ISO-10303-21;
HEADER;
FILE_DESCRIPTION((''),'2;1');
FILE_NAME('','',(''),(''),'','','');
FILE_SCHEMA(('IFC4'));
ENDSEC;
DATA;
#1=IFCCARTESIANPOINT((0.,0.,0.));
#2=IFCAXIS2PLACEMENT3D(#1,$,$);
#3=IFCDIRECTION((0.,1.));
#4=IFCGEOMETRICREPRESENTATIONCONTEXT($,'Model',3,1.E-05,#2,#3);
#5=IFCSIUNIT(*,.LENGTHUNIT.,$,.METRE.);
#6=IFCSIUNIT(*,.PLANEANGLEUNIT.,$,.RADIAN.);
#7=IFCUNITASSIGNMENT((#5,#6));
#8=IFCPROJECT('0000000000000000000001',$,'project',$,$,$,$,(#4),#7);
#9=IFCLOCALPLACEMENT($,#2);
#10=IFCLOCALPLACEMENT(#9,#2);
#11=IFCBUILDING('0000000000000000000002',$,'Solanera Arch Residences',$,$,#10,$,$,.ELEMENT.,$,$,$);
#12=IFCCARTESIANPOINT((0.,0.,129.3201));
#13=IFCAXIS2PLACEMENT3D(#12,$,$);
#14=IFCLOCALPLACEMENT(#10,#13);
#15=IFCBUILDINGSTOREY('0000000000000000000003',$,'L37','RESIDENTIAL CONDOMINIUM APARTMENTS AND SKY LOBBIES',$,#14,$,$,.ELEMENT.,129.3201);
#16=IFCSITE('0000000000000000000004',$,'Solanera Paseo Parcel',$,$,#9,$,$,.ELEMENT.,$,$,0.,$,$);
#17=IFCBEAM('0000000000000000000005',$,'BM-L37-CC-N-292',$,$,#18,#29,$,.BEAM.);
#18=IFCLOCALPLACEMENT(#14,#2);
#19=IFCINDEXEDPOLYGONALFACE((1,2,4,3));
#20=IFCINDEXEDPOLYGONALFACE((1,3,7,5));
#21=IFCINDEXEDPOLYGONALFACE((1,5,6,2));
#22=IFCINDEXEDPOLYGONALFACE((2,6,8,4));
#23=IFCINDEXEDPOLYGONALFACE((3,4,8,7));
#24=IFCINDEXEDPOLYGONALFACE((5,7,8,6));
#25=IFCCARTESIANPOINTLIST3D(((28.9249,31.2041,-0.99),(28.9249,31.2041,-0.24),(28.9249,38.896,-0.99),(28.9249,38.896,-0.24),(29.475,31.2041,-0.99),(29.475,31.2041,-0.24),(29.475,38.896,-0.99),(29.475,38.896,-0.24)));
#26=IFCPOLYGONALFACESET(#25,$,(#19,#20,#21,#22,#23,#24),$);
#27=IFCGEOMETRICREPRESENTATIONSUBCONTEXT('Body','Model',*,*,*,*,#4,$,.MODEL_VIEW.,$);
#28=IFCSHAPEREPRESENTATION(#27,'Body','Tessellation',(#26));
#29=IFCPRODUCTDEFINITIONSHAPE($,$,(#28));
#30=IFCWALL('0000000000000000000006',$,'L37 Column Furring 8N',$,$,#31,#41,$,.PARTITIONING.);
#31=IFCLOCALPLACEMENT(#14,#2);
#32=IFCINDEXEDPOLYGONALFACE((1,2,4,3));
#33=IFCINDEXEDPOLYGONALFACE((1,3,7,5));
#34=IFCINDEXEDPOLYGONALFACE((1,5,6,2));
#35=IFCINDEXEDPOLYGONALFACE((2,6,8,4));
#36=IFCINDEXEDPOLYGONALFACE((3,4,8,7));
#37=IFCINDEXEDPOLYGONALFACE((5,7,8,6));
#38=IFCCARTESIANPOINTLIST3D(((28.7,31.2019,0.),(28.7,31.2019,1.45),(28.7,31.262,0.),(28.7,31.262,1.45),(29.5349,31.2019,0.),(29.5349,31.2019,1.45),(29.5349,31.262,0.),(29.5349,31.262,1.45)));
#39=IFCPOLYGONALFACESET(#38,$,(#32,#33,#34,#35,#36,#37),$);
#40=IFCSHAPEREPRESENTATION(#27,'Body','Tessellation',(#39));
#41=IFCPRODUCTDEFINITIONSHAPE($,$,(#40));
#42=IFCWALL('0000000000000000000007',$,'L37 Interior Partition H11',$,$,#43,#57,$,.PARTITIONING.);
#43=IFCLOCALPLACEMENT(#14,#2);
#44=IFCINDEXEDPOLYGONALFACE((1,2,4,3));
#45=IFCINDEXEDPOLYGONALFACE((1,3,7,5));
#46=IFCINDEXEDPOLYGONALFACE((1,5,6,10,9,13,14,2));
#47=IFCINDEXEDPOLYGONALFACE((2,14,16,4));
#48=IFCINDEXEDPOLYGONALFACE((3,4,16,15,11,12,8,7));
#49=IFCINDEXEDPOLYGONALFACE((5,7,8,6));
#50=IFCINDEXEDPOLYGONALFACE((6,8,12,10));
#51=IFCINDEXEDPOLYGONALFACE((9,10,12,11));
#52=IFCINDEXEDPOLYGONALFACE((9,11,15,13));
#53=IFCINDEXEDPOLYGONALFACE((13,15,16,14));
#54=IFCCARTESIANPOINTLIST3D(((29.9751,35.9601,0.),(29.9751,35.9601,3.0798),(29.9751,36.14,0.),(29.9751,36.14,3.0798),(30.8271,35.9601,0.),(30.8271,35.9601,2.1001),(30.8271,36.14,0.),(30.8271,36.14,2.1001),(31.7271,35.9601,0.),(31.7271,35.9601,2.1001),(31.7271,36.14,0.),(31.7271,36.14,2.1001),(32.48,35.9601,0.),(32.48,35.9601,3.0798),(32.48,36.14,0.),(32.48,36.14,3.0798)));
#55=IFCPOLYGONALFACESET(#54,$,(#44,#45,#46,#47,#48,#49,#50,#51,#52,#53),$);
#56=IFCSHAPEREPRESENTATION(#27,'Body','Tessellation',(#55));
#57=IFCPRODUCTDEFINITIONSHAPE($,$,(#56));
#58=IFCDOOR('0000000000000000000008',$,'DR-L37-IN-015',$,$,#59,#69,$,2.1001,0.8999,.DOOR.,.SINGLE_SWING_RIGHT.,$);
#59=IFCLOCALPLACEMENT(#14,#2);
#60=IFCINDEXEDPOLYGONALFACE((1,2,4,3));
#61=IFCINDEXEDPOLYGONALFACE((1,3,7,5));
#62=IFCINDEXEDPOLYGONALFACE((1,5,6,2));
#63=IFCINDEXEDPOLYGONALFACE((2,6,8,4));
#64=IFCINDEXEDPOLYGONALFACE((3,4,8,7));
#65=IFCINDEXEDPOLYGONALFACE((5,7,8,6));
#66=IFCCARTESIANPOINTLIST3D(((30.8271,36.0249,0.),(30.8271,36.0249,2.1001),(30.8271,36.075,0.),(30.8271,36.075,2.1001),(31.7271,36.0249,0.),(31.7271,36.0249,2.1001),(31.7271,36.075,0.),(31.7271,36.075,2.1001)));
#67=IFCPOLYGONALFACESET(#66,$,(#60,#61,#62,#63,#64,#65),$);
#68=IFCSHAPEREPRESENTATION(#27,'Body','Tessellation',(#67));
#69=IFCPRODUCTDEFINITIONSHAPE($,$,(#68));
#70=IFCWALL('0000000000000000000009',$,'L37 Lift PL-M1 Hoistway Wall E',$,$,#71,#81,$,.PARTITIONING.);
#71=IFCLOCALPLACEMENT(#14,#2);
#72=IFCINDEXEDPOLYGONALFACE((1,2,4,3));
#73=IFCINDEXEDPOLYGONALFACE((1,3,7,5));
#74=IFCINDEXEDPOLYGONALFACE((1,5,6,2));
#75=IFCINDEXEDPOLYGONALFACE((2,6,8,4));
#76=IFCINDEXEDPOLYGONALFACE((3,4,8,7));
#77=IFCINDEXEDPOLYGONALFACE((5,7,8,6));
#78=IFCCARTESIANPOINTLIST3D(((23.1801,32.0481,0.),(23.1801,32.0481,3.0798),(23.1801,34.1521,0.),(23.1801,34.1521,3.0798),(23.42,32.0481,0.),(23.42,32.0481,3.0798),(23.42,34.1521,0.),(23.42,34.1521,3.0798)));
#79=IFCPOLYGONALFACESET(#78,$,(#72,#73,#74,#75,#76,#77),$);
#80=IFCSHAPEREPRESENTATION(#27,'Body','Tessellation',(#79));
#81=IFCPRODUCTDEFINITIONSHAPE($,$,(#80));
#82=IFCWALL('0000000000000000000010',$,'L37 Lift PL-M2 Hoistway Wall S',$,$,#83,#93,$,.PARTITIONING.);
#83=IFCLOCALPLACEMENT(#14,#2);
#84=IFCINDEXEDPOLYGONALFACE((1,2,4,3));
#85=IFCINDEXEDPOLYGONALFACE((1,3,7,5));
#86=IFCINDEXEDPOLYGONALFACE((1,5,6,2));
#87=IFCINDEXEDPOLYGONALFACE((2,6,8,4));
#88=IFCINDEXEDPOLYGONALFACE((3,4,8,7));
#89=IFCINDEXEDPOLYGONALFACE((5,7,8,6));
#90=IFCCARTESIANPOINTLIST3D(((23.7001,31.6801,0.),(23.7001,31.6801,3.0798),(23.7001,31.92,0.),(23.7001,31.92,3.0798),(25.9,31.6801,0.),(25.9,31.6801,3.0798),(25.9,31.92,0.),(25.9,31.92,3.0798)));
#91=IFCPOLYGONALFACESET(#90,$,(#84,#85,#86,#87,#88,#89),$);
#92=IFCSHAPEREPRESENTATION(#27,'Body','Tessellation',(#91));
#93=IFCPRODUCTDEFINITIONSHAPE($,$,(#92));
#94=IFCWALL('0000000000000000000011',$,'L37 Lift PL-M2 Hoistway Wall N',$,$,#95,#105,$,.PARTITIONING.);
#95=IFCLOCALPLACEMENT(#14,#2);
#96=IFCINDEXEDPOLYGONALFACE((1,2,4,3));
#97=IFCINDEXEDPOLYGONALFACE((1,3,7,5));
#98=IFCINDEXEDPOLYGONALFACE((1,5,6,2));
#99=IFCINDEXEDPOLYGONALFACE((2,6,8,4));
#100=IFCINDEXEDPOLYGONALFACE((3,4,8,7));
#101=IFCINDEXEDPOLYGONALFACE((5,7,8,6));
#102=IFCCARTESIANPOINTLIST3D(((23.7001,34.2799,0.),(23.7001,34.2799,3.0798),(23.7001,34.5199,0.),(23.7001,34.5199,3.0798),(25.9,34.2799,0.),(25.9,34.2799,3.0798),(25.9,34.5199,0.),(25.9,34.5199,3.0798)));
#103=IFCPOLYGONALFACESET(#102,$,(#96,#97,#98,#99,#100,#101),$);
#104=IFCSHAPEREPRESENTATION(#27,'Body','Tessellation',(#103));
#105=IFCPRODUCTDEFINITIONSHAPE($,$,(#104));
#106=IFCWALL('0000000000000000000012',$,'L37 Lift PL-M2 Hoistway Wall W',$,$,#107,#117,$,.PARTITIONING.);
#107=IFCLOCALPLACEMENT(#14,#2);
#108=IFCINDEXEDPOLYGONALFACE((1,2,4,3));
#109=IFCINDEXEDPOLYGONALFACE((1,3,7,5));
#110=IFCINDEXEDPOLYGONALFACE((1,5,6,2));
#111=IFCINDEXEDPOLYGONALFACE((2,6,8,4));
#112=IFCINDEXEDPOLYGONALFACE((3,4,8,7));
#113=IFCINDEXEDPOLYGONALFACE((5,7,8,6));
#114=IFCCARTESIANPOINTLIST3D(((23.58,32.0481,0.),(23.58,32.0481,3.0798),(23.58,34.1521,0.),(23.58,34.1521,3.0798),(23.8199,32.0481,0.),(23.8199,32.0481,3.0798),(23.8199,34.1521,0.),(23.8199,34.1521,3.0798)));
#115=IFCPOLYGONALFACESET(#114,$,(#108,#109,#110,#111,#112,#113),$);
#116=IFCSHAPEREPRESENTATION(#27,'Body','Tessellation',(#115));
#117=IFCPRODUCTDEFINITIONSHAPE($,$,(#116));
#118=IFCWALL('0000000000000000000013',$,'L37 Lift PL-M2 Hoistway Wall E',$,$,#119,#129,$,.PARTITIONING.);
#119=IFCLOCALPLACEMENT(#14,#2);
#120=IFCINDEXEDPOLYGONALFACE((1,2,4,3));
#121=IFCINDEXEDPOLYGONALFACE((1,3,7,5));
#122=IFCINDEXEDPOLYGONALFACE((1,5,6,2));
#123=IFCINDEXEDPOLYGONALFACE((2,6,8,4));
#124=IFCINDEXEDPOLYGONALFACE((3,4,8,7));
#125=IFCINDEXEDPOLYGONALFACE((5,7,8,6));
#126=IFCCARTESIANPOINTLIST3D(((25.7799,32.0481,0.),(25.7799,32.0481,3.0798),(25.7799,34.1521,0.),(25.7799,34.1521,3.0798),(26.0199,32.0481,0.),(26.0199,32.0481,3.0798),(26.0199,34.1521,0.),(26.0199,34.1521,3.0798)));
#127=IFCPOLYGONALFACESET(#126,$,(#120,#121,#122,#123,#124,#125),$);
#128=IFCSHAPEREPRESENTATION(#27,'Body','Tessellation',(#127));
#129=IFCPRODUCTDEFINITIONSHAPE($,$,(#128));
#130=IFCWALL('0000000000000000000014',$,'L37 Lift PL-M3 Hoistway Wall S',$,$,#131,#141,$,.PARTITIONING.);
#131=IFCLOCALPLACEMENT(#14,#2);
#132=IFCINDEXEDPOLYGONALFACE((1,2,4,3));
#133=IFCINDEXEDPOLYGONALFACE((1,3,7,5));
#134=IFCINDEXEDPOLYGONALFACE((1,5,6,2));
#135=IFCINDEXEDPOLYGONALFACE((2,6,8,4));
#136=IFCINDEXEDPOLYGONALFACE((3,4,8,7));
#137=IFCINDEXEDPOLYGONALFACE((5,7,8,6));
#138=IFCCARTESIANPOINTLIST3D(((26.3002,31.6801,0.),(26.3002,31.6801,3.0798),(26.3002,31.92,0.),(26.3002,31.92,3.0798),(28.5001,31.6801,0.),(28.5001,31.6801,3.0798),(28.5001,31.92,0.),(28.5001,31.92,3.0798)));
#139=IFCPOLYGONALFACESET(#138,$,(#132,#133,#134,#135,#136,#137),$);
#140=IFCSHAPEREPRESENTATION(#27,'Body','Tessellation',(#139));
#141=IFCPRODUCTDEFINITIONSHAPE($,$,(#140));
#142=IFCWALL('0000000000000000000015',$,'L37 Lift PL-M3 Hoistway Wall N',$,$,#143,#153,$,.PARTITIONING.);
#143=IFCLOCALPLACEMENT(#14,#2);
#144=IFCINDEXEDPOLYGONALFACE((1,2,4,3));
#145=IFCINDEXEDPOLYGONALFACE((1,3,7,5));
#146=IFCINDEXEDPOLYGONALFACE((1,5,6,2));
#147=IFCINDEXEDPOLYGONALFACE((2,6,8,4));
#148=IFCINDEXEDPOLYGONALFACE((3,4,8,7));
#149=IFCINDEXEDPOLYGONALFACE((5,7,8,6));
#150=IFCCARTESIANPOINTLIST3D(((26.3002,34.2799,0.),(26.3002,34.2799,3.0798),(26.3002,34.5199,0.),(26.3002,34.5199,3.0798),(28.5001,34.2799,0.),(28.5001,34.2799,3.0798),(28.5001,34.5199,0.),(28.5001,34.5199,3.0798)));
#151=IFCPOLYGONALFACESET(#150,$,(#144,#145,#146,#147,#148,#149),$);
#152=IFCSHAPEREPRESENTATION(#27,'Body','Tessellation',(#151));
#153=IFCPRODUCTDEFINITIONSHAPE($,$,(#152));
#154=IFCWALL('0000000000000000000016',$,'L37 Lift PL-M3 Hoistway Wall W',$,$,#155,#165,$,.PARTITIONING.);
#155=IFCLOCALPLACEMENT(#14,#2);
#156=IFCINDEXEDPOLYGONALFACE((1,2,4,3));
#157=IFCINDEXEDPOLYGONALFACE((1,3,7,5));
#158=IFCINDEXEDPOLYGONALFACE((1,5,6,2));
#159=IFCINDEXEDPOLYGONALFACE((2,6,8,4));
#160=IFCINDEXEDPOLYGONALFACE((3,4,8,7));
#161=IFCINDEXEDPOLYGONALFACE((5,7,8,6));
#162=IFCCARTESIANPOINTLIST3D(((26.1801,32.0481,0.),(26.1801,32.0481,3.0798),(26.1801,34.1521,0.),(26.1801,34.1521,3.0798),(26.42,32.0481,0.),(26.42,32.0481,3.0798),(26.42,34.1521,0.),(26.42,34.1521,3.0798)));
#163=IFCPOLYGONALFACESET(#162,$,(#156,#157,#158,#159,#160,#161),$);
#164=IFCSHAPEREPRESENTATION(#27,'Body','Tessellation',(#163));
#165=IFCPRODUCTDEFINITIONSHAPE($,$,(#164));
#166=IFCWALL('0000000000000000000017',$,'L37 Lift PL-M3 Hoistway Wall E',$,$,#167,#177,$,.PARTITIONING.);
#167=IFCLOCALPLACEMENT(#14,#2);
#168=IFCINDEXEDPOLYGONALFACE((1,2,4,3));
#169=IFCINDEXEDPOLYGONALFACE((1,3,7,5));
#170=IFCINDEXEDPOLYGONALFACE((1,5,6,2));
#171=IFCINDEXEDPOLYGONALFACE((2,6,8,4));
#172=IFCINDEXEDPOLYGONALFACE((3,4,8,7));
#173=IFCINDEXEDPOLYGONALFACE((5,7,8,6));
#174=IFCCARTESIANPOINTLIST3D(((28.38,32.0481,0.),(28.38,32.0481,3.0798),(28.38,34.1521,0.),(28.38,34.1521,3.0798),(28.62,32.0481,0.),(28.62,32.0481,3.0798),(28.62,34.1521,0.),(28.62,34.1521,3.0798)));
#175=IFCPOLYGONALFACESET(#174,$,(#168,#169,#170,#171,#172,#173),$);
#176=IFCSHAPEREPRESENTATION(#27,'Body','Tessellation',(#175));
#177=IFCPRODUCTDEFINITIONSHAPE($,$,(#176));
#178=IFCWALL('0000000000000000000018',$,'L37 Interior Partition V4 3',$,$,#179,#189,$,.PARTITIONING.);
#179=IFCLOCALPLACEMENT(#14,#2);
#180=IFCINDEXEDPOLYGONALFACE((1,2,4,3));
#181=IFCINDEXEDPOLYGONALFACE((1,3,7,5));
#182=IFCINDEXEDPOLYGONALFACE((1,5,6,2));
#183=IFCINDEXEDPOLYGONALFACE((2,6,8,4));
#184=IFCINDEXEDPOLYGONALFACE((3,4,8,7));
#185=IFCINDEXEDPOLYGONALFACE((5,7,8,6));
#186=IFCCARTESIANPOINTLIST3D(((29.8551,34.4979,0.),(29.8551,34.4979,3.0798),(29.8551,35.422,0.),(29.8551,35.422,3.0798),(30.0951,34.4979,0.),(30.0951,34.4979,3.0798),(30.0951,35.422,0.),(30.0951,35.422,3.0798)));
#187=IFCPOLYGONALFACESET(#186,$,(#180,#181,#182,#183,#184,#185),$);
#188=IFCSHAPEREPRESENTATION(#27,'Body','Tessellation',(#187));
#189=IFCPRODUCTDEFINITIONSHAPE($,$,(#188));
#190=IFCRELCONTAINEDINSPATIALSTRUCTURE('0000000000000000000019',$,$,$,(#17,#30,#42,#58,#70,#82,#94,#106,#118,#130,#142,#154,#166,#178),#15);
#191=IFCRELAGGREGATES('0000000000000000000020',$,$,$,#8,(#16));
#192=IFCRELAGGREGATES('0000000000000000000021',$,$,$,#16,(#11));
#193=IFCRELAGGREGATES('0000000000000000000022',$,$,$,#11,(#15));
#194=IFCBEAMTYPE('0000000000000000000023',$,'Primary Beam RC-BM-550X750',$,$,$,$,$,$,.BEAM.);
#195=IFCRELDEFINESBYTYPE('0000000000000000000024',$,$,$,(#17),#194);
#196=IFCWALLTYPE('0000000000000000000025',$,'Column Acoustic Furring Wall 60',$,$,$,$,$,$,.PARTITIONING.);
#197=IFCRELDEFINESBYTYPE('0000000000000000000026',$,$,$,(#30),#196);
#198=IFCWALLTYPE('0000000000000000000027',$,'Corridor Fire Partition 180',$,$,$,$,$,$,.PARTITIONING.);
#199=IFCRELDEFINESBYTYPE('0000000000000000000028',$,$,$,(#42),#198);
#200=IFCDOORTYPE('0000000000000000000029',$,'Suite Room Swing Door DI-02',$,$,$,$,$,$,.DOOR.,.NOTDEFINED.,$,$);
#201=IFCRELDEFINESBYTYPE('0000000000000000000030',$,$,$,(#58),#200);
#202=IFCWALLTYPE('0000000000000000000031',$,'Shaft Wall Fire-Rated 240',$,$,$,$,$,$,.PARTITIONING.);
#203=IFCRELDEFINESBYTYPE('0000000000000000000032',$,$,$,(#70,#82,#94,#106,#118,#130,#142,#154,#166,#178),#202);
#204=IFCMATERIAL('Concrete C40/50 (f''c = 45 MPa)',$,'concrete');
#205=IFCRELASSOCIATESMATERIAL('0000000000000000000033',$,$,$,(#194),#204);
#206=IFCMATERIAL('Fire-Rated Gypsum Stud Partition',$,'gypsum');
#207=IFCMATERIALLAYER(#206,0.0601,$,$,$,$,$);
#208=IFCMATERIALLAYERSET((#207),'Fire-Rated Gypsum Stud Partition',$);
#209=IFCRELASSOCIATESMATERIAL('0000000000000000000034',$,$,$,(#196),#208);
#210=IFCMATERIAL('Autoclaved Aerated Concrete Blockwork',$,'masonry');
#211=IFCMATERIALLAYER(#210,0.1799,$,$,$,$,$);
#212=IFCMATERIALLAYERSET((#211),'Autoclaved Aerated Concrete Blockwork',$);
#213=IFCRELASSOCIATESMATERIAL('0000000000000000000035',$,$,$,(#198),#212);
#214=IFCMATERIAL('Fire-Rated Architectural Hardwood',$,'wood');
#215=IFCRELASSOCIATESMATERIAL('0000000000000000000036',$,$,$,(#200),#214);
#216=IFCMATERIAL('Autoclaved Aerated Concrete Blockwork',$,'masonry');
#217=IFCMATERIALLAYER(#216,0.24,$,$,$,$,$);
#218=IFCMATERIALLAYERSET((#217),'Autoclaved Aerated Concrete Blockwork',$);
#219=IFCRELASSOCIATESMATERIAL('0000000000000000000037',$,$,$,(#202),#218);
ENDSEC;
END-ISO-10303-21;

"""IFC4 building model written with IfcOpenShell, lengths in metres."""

from ifc_helpers import new_model, si_unit, direction, frame, frame_2d, origin, origin_2d, place, context, subcontext, project, spatial, rectangle, extrude, material, layer, layer_set, material_profile, profile_set, type_object, element, fill, save


model = new_model("IFC4")

# Units and contexts
model_context = context("Model", 3, precision=1e-05, world=origin(), true_north=direction((0.0, 1.0)))
body_context = subcontext(model_context, "Body", "Model", "MODEL_VIEW")
ifc_project = project(units=[si_unit("LENGTHUNIT", "METRE"), si_unit("PLANEANGLEUNIT", "RADIAN")], contexts=[model_context])

# Site, building, storey
site_placement = place(None, origin())
site = spatial("IfcSite", under=ifc_project, at=site_placement, Name="Solanera Paseo Parcel", CompositionType="ELEMENT", RefElevation=0.0)
building_placement = place(site_placement, origin())
building = spatial("IfcBuilding", under=site, at=building_placement, Name="Solanera Arch Residences", CompositionType="ELEMENT")
storey_placement = place(building_placement, frame((0.0, 0.0, 129.3201)))
storey = spatial("IfcBuildingStorey", under=building, at=storey_placement, Name="L37", Description="RESIDENTIAL CONDOMINIUM APARTMENTS AND SKY LOBBIES", CompositionType="ELEMENT", Elevation=129.3201)

# Beam
ifc_material_1 = material(Name="Concrete C40/50 (f'c = 45 MPa)", Category="concrete")
ifc_material_profile = material_profile(ifc_material_1, rectangle(XDim=0.55, YDim=0.75, at=origin_2d()))
ifc_profile_set = profile_set([ifc_material_profile], Name="Concrete C40/50 (f'c = 45 MPa)")
beam_type = type_object("IfcBeamType", Name="Primary Beam RC-BM-550X750", PredefinedType="BEAM", material=ifc_profile_set)
beam_placement = place(storey_placement, frame((29.2, 31.2041, -0.615), z_axis=(0.0, 1.0, 0.0), x_axis=(-1.0, 0.0, 0.0)))
element("IfcBeam", 1, at=beam_placement, inside=storey, type_object=beam_type, Name="BM-L37-CC-N-292", PredefinedType="BEAM", context=body_context, shape_type="SweptSolid", body=[
    extrude(rectangle(XDim=0.55, YDim=0.75, at=origin_2d()), origin(), (0.0, 0.0, 1.0), 7.6919),
])

# Wall
ifc_material_2 = material(Name="Fire-Rated Gypsum Stud Partition", Category="gypsum")
ifc_layer_1 = layer(ifc_material_2, 0.0601)
ifc_layer_set_1 = layer_set([ifc_layer_1], Name="Fire-Rated Gypsum Stud Partition")
wall_type_1 = type_object("IfcWallType", Name="Column Acoustic Furring Wall 60", PredefinedType="PARTITIONING", material=ifc_layer_set_1)
wall_1_placement = place(storey_placement, frame((28.7, 31.2319, 0.0), z_axis=(0.0, 0.0, 1.0), x_axis=(1.0, 0.0, 0.0)))
element("IfcWall", 2, at=wall_1_placement, inside=storey, type_object=wall_type_1, Name="L37 Column Furring 8N", PredefinedType="PARTITIONING", context=body_context, shape_type="SweptSolid", body=[
    extrude(rectangle(XDim=0.835, YDim=0.0601, at=frame_2d((0.4175, 0.0))), origin(), (0.0, 0.0, 1.0), 1.45),
])

# Wall, opening, door
ifc_material_3 = material(Name="Autoclaved Aerated Concrete Blockwork", Category="masonry")
ifc_layer_2 = layer(ifc_material_3, 0.1799)
ifc_layer_set_2 = layer_set([ifc_layer_2], Name="Autoclaved Aerated Concrete Blockwork")
wall_type_2 = type_object("IfcWallType", Name="Corridor Fire Partition 180", PredefinedType="PARTITIONING", material=ifc_layer_set_2)
wall_2_placement = place(storey_placement, frame((29.9751, 36.05, 0.0), z_axis=(0.0, 0.0, 1.0), x_axis=(1.0, 0.0, 0.0)))
wall_2 = element("IfcWall", 3, at=wall_2_placement, inside=storey, type_object=wall_type_2, Name="L37 Interior Partition H11", PredefinedType="PARTITIONING", context=body_context, shape_type="SweptSolid", body=[
    extrude(rectangle(XDim=2.5049, YDim=0.1799, at=frame_2d((1.2524, 0.0))), origin(), (0.0, 0.0, 1.0), 3.0798),
])
opening_1_placement = place(wall_2_placement, frame((0.8521, 0.0, 0.0)))
opening_1 = element("IfcOpeningElement", 4, at=opening_1_placement, cuts=wall_2, PredefinedType="OPENING", context=body_context, shape_type="SweptSolid", body=[
    extrude(rectangle(XDim=0.8999, YDim=2.1001, at=frame_2d((0.45, 1.05))), frame((0.0, 0.1001, 0.0), z_axis=(0.0, -1.0, 0.0), x_axis=(1.0, 0.0, 0.0)), (0.0, 0.0, 1.0), 0.1999),
])
ifc_material_4 = material(Name="Fire-Rated Architectural Hardwood", Category="wood")
door_type_1 = type_object("IfcDoorType", Name="Suite Room Swing Door DI-02", OperationType="NOTDEFINED", PredefinedType="DOOR", material=ifc_material_4)
door_1_placement = place(opening_1_placement, origin())
door_1 = element("IfcDoor", 5, at=door_1_placement, inside=storey, type_object=door_type_1, Name="DR-L37-IN-015", OperationType="SINGLE_SWING_RIGHT", OverallHeight=2.1001, OverallWidth=0.8999, PredefinedType="DOOR", context=body_context, shape_type="SweptSolid", body=[
    extrude(rectangle(XDim=0.8999, YDim=2.1001, at=frame_2d((0.45, 1.05))), frame((0.0, 0.0249, 0.0), z_axis=(0.0, -1.0, 0.0), x_axis=(1.0, 0.0, 0.0)), (0.0, 0.0, 1.0), 0.05),
])
fill(opening_1, door_1)

# Walls
ifc_material_5 = material(Name="Autoclaved Aerated Concrete Blockwork", Category="masonry")
ifc_layer_3 = layer(ifc_material_5, 0.24)
ifc_layer_set_3 = layer_set([ifc_layer_3], Name="Autoclaved Aerated Concrete Blockwork")
wall_type_3 = type_object("IfcWallType", Name="Shaft Wall Fire-Rated 240", PredefinedType="PARTITIONING", material=ifc_layer_set_3)
wall_3_placement = place(storey_placement, frame((23.3, 32.0481, 0.0), z_axis=(0.0, 0.0, 1.0), x_axis=(0.0, 1.0, 0.0)))
element("IfcWall", 6, at=wall_3_placement, inside=storey, type_object=wall_type_3, Name="L37 Lift PL-M1 Hoistway Wall E", PredefinedType="PARTITIONING", context=body_context, shape_type="SweptSolid", body=[
    extrude(rectangle(XDim=2.104, YDim=0.24, at=frame_2d((1.052, 0.0))), origin(), (0.0, 0.0, 1.0), 3.0798),
])
for number, where, z_axis, x_axis, name in (
    (7, (23.7, 31.8, 0.0), (0.0, 0.0, 1.0), (1.0, 0.0, 0.0), "L37 Lift PL-M2 Hoistway Wall S"),
    (8, (23.7, 34.3999, 0.0), (0.0, 0.0, 1.0), (1.0, 0.0, 0.0), "L37 Lift PL-M2 Hoistway Wall N"),
):
    element("IfcWall", number, at=place(storey_placement, frame(where, z_axis=z_axis, x_axis=x_axis)), inside=storey, type_object=wall_type_3, Name=name, PredefinedType="PARTITIONING", context=body_context, shape_type="SweptSolid", body=[
        extrude(rectangle(XDim=2.2, YDim=0.24, at=frame_2d((1.1001, 0.0))), origin(), (0.0, 0.0, 1.0), 3.0798),
    ])
for number, where, z_axis, x_axis, name in (
    (9, (23.7, 32.0481, 0.0), (0.0, 0.0, 1.0), (0.0, 1.0, 0.0), "L37 Lift PL-M2 Hoistway Wall W"),
    (10, (25.8999, 32.0481, 0.0), (0.0, 0.0, 1.0), (0.0, 1.0, 0.0), "L37 Lift PL-M2 Hoistway Wall E"),
):
    element("IfcWall", number, at=place(storey_placement, frame(where, z_axis=z_axis, x_axis=x_axis)), inside=storey, type_object=wall_type_3, Name=name, PredefinedType="PARTITIONING", context=body_context, shape_type="SweptSolid", body=[
        extrude(rectangle(XDim=2.104, YDim=0.24, at=frame_2d((1.052, 0.0))), origin(), (0.0, 0.0, 1.0), 3.0798),
    ])
for number, where, z_axis, x_axis, name in (
    (11, (26.3, 31.8, 0.0), (0.0, 0.0, 1.0), (1.0, 0.0, 0.0), "L37 Lift PL-M3 Hoistway Wall S"),
    (12, (26.3, 34.3999, 0.0), (0.0, 0.0, 1.0), (1.0, 0.0, 0.0), "L37 Lift PL-M3 Hoistway Wall N"),
):
    element("IfcWall", number, at=place(storey_placement, frame(where, z_axis=z_axis, x_axis=x_axis)), inside=storey, type_object=wall_type_3, Name=name, PredefinedType="PARTITIONING", context=body_context, shape_type="SweptSolid", body=[
        extrude(rectangle(XDim=2.2, YDim=0.24, at=frame_2d((1.1001, 0.0))), origin(), (0.0, 0.0, 1.0), 3.0798),
    ])
for number, where, z_axis, x_axis, name in (
    (13, (26.3, 32.0481, 0.0), (0.0, 0.0, 1.0), (0.0, 1.0, 0.0), "L37 Lift PL-M3 Hoistway Wall W"),
    (14, (28.5, 32.0481, 0.0), (0.0, 0.0, 1.0), (0.0, 1.0, 0.0), "L37 Lift PL-M3 Hoistway Wall E"),
):
    element("IfcWall", number, at=place(storey_placement, frame(where, z_axis=z_axis, x_axis=x_axis)), inside=storey, type_object=wall_type_3, Name=name, PredefinedType="PARTITIONING", context=body_context, shape_type="SweptSolid", body=[
        extrude(rectangle(XDim=2.104, YDim=0.24, at=frame_2d((1.052, 0.0))), origin(), (0.0, 0.0, 1.0), 3.0798),
    ])

# Wall
wall_4_placement = place(storey_placement, frame((29.9751, 34.498, 0.0), z_axis=(0.0, 0.0, 1.0), x_axis=(0.0, 1.0, 0.0)))
element("IfcWall", 15, at=wall_4_placement, inside=storey, type_object=wall_type_3, Name="L37 Interior Partition V4 3", PredefinedType="PARTITIONING", context=body_context, shape_type="SweptSolid", body=[
    extrude(rectangle(XDim=0.9241, YDim=0.24, at=frame_2d((0.4619, 0.0))), origin(), (0.0, 0.0, 1.0), 3.0798),
])

save(model, "model.ifc")
